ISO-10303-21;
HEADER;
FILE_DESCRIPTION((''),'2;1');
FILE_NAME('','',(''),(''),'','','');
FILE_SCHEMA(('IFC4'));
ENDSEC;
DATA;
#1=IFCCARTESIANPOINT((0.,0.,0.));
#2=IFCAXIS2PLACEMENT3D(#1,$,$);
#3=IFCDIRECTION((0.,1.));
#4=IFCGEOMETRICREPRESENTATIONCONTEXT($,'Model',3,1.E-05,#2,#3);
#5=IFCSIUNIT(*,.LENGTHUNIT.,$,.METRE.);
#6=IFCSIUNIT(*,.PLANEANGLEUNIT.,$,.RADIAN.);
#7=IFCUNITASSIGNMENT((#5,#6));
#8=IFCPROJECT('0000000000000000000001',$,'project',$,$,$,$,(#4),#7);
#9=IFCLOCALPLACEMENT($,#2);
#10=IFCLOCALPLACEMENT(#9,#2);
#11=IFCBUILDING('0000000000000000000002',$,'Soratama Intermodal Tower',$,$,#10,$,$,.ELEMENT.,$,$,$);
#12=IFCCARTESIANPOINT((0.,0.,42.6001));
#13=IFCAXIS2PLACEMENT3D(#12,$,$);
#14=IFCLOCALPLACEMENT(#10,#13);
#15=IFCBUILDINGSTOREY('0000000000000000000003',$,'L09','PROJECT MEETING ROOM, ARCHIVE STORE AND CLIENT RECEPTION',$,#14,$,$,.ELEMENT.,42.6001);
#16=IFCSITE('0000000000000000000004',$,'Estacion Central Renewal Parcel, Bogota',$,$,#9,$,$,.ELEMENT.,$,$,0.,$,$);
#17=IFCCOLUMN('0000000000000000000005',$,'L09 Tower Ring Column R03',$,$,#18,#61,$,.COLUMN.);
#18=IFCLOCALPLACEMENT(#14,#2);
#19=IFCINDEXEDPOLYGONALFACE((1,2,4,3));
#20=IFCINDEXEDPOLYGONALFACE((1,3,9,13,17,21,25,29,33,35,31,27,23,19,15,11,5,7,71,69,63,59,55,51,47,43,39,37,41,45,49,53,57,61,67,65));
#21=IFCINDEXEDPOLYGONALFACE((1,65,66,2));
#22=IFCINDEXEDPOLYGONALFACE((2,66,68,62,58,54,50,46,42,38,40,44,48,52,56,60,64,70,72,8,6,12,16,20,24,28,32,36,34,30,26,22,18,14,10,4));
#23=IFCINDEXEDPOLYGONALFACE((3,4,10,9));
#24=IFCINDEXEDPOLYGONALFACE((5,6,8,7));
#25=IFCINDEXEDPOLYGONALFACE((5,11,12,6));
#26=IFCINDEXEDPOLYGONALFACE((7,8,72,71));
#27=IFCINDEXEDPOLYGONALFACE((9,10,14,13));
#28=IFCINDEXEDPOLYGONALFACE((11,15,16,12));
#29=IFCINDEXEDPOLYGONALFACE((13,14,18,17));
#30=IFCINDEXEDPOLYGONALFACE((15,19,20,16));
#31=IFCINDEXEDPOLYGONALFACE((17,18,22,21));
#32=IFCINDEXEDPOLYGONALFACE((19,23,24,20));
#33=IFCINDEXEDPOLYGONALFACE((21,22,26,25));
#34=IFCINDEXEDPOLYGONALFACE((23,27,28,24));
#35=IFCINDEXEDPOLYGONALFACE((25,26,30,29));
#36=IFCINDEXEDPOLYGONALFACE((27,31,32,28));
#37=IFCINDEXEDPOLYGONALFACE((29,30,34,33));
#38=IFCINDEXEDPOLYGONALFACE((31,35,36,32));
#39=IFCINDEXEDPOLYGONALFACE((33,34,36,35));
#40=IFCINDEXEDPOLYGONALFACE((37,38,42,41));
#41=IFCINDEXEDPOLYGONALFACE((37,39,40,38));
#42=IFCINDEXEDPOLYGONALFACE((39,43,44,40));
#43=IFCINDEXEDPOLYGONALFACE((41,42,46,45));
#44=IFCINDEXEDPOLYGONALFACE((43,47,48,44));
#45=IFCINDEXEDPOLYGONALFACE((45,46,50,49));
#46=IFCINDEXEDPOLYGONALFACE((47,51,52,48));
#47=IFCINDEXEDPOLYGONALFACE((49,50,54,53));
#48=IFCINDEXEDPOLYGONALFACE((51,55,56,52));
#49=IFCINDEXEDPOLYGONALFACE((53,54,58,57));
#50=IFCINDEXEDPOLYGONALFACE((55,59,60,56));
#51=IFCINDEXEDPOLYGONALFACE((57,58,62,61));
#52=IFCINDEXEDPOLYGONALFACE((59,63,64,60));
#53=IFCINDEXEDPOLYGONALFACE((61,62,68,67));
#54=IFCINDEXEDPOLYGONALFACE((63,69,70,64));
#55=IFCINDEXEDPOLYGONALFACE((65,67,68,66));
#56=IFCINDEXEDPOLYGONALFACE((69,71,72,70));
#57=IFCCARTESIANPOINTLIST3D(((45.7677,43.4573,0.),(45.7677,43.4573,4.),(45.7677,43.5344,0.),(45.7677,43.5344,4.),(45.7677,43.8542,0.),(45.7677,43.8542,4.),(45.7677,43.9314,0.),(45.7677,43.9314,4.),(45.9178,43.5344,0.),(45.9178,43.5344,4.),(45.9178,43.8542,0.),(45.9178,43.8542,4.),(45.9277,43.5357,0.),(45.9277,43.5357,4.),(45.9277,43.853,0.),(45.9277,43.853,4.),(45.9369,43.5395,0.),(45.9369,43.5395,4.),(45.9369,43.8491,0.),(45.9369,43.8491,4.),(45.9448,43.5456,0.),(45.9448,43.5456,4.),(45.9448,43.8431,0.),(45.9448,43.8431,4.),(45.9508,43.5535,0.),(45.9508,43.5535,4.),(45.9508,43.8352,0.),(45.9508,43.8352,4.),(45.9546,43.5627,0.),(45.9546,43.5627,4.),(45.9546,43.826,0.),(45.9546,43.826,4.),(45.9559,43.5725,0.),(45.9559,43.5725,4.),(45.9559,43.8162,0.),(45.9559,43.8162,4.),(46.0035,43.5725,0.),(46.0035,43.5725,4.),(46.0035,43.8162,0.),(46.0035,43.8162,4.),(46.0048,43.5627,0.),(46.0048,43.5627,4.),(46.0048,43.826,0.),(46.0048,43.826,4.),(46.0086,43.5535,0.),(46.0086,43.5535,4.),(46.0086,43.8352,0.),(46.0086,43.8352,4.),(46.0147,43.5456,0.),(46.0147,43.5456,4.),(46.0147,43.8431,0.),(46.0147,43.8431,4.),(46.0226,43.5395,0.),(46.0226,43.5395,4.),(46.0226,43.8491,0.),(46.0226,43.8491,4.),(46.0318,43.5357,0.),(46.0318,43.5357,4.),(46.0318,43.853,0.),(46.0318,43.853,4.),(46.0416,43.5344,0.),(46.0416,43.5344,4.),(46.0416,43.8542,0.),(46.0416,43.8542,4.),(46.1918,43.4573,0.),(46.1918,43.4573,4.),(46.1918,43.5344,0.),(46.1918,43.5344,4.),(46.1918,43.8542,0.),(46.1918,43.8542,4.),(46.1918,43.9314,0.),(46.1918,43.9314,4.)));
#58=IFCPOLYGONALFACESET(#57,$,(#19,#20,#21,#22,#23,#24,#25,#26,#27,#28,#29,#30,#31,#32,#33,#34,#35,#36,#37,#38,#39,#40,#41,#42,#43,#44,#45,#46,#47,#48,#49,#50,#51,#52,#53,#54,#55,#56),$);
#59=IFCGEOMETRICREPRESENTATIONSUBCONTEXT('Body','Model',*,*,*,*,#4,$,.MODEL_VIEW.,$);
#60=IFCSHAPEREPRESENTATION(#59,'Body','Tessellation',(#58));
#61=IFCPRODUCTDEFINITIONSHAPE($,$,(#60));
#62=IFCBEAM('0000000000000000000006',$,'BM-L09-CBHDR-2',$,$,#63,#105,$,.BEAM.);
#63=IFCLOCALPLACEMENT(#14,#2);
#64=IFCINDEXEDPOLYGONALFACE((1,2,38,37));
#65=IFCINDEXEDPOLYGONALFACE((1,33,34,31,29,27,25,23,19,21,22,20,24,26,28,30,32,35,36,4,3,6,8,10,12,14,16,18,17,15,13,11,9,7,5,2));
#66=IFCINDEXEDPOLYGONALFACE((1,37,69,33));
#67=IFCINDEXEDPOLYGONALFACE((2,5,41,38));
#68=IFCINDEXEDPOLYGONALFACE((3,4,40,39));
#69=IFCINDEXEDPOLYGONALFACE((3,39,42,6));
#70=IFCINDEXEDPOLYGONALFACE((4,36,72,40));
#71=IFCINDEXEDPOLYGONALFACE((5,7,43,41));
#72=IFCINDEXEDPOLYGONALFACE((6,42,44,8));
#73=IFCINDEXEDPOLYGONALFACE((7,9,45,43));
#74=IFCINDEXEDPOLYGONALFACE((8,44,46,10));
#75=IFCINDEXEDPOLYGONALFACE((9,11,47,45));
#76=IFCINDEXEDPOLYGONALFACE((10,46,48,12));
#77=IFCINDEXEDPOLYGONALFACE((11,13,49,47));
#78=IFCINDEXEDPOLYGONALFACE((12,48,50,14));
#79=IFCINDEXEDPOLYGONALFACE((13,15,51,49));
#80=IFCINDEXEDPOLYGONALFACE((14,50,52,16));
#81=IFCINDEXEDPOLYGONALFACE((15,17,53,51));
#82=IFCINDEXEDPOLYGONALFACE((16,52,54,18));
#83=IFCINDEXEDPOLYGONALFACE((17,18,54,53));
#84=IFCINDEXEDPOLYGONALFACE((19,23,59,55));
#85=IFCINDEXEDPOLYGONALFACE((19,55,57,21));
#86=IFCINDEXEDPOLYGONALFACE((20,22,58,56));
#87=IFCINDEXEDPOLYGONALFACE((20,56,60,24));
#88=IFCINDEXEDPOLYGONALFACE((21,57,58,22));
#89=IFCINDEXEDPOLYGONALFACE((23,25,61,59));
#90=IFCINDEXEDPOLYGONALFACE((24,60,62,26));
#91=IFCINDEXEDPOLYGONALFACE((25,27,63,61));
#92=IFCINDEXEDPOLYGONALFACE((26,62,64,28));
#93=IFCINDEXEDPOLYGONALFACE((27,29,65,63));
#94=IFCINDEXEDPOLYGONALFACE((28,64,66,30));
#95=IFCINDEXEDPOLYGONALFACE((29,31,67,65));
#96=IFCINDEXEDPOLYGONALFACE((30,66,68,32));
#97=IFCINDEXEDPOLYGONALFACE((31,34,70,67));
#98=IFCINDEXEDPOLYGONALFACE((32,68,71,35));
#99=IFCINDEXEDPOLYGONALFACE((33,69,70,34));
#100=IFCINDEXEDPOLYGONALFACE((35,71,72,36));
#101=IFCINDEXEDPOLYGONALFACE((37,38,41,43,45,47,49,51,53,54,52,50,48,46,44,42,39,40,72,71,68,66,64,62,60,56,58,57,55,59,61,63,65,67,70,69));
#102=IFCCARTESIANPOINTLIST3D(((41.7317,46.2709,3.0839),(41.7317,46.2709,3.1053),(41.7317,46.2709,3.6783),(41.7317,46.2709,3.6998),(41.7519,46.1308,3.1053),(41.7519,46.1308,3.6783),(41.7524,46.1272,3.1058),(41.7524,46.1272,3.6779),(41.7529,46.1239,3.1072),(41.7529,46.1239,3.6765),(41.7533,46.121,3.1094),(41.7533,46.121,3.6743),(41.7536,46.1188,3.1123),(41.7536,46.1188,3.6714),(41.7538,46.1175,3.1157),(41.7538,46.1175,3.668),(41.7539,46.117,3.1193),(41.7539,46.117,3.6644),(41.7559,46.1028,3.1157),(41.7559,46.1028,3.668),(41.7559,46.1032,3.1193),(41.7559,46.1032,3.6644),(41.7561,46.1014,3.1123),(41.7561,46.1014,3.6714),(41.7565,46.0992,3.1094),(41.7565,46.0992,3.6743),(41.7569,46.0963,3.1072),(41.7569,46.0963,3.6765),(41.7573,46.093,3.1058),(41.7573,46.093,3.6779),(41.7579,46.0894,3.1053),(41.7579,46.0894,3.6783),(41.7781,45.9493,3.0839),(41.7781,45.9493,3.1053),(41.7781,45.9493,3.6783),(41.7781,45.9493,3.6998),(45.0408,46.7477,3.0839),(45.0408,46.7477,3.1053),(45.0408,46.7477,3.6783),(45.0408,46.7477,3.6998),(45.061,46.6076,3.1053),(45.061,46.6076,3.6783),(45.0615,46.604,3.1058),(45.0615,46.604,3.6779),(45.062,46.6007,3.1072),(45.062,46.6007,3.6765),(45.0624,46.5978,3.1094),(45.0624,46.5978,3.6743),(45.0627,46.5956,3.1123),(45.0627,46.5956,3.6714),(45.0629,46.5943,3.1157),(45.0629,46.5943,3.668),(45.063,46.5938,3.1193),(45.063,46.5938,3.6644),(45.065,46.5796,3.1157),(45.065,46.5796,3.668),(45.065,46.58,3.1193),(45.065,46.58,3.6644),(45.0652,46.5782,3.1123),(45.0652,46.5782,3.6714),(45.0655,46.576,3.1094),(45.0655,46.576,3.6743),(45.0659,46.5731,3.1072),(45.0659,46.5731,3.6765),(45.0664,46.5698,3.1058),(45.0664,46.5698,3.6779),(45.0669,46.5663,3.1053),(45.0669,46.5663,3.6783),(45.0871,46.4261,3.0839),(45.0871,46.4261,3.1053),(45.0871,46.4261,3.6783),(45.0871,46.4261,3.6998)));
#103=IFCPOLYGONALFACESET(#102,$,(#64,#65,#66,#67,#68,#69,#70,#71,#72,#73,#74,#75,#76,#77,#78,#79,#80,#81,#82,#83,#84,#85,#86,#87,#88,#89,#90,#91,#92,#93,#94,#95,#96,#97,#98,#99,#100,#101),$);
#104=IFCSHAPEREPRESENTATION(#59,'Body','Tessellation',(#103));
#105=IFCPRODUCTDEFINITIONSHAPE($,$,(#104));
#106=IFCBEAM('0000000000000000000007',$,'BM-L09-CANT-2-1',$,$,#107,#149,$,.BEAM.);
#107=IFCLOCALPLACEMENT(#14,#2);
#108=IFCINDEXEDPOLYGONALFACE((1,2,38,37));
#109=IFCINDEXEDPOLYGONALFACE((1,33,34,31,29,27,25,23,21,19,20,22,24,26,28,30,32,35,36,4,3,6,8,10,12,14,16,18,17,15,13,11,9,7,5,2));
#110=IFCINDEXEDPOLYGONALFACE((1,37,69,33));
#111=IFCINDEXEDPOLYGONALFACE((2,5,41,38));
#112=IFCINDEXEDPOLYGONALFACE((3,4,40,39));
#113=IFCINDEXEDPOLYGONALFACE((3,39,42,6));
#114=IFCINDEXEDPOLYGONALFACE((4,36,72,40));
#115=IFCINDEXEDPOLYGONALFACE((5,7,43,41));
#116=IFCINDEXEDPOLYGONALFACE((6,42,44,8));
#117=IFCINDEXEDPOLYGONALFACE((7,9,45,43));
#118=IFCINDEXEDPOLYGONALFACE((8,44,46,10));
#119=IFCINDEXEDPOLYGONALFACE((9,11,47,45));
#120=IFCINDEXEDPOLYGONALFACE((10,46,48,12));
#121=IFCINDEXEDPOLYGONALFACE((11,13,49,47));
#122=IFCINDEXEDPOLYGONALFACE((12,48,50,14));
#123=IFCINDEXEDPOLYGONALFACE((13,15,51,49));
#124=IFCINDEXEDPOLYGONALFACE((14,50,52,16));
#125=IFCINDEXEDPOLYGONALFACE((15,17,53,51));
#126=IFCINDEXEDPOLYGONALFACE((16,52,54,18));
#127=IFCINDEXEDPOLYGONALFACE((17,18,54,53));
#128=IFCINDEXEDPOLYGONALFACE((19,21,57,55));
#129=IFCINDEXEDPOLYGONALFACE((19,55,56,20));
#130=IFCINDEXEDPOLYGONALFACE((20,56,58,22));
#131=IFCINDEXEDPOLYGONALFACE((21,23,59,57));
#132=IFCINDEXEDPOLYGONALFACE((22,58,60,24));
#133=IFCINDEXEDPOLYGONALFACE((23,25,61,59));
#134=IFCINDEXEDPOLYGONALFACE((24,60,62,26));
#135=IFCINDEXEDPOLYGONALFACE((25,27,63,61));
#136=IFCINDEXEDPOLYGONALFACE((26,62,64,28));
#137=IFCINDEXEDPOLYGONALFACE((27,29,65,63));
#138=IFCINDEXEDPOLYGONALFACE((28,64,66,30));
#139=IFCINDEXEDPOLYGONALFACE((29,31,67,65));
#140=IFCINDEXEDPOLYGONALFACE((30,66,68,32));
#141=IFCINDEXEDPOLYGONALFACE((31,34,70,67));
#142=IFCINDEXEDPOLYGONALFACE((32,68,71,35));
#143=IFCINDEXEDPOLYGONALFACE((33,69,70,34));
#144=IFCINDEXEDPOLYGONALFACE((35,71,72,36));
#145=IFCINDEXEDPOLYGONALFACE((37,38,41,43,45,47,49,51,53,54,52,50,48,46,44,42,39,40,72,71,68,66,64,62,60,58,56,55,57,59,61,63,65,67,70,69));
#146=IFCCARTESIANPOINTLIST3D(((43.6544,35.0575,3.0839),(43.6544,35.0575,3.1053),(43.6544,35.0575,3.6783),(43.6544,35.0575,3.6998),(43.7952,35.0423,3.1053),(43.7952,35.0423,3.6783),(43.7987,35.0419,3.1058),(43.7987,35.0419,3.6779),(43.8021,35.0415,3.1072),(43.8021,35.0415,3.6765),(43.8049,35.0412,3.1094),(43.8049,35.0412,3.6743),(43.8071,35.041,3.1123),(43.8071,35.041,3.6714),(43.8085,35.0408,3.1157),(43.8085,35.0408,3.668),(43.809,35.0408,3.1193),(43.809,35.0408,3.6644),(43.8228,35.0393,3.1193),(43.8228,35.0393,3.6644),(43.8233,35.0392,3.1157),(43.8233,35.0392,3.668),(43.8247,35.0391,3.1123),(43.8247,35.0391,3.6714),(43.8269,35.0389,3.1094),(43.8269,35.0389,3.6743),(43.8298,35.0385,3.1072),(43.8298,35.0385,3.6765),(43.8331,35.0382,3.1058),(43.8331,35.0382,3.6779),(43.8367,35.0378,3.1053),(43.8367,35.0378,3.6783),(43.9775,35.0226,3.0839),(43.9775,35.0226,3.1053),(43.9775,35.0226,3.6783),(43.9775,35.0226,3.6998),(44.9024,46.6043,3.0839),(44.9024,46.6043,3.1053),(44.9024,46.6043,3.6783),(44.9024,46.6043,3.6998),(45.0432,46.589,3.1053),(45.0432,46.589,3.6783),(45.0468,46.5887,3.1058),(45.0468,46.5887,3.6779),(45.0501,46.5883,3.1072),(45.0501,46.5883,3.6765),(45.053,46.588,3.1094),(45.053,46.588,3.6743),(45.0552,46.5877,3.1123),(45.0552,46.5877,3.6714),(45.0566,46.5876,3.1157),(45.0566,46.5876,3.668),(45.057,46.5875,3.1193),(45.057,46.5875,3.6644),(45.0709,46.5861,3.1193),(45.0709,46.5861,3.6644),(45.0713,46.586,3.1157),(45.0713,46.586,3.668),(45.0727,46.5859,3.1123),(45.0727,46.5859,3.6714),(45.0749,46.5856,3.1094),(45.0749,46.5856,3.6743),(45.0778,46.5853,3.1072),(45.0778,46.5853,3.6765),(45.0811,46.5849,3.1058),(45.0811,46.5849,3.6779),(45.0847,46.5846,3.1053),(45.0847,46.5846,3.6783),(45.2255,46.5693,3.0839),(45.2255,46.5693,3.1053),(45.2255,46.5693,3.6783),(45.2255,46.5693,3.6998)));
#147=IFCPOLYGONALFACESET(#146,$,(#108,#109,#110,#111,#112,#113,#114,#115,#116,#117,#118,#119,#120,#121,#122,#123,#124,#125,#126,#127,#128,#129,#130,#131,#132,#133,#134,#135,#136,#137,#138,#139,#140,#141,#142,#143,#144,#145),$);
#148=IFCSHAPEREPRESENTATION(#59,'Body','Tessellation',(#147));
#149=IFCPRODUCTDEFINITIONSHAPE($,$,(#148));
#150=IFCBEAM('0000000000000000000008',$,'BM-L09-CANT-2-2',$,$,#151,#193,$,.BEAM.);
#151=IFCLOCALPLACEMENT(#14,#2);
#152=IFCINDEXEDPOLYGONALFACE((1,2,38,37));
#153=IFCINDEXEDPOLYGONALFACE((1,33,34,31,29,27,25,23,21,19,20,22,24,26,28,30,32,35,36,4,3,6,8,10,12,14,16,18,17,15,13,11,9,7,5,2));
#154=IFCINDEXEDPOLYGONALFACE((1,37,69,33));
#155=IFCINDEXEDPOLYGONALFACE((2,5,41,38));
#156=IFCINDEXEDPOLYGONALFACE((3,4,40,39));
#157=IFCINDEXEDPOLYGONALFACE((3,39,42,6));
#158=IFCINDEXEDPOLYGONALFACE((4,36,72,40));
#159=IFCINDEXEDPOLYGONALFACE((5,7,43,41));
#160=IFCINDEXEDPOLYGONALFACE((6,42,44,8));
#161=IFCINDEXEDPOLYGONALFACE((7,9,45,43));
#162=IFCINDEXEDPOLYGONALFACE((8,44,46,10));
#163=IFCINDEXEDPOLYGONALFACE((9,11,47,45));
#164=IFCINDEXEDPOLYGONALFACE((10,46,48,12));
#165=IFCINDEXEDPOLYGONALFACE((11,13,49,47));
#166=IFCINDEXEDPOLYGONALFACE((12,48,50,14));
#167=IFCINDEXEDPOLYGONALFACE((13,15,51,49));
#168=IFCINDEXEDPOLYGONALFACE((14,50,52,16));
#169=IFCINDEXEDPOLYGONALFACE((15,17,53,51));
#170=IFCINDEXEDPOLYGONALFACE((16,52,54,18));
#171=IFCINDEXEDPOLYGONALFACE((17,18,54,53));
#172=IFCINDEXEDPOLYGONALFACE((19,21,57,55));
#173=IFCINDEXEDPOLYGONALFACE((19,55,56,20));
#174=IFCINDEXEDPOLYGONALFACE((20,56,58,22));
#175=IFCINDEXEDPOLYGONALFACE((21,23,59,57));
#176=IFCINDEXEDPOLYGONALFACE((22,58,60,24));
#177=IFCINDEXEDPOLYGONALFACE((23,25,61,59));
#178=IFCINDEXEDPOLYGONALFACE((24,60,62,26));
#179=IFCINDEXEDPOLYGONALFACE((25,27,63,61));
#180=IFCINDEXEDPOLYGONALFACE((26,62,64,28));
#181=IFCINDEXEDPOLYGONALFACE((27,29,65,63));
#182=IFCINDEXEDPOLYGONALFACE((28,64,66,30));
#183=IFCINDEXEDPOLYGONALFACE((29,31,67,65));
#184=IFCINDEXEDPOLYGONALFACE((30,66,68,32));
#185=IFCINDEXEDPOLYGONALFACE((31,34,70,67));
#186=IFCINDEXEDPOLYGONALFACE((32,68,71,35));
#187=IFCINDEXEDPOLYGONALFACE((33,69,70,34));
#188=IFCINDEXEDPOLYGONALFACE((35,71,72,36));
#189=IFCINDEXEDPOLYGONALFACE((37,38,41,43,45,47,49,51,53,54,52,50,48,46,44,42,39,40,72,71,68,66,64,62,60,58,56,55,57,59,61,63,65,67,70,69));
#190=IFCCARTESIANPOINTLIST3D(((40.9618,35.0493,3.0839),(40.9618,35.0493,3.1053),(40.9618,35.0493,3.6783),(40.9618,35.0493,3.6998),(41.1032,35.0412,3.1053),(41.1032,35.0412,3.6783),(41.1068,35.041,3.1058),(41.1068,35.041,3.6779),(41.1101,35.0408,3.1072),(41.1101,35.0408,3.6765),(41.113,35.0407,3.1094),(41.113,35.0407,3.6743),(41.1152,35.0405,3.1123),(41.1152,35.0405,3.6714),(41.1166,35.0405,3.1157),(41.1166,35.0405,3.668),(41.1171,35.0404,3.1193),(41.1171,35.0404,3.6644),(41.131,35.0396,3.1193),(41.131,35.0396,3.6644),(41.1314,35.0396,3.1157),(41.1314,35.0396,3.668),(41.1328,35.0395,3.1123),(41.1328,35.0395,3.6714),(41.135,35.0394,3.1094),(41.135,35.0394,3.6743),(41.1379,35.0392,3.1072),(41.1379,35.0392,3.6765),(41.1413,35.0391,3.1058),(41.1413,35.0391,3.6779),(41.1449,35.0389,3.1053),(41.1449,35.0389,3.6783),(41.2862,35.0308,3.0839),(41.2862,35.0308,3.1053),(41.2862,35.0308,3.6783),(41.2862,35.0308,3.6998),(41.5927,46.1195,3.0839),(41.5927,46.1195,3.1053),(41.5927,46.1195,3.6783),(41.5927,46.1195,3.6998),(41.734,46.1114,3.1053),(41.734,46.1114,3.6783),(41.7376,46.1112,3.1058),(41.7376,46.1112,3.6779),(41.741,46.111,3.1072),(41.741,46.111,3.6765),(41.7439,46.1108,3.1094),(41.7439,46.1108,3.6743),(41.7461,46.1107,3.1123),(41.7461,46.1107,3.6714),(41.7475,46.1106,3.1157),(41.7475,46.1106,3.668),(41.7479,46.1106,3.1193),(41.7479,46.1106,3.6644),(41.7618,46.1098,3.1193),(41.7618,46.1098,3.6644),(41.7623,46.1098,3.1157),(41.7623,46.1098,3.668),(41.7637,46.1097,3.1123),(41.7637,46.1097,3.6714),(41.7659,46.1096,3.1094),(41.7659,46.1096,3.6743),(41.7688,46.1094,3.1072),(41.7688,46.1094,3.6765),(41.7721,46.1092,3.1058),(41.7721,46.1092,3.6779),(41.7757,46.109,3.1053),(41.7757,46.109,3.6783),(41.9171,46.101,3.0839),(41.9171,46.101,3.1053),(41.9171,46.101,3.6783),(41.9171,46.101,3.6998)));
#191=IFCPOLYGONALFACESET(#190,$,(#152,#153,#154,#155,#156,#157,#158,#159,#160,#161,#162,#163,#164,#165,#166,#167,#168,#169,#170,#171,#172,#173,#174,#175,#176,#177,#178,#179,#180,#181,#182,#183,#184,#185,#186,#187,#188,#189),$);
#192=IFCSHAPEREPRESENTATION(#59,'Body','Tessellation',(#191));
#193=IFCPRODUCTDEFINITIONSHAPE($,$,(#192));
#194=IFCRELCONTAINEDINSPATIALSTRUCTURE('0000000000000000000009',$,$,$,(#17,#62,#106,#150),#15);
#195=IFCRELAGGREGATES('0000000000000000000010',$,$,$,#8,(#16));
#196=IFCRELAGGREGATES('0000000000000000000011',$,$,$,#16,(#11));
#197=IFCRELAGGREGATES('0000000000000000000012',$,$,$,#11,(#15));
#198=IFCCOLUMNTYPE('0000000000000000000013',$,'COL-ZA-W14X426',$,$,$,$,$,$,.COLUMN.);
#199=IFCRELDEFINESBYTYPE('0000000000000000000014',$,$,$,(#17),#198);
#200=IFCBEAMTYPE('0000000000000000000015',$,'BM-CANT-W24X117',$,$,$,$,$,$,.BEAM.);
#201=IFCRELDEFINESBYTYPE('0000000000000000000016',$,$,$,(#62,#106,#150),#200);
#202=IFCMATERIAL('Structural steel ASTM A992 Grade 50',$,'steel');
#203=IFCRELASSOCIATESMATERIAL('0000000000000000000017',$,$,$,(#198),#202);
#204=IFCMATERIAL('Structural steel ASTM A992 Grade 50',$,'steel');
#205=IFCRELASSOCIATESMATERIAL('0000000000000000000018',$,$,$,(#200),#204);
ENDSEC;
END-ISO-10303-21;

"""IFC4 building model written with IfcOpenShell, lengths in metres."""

from ifc_helpers import new_model, si_unit, direction, frame, origin, origin_2d, place, context, subcontext, project, spatial, i_section, extrude, material, material_profile, profile_set, type_object, element, save


model = new_model("IFC4")

# Units and contexts
model_context = context("Model", 3, precision=1e-05, world=origin(), true_north=direction((0.0, 1.0)))
body_context = subcontext(model_context, "Body", "Model", "MODEL_VIEW")
ifc_project = project(units=[si_unit("LENGTHUNIT", "METRE"), si_unit("PLANEANGLEUNIT", "RADIAN")], contexts=[model_context])

# Site, building, storey
site_placement = place(None, origin())
site = spatial("IfcSite", under=ifc_project, at=site_placement, Name="Estacion Central Renewal Parcel, Bogota", CompositionType="ELEMENT", RefElevation=0.0)
building_placement = place(site_placement, origin())
building = spatial("IfcBuilding", under=site, at=building_placement, Name="Soratama Intermodal Tower", CompositionType="ELEMENT")
storey_placement = place(building_placement, frame((0.0, 0.0, 42.6001)))
storey = spatial("IfcBuildingStorey", under=building, at=storey_placement, Name="L09", Description="PROJECT MEETING ROOM, ARCHIVE STORE AND CLIENT RECEPTION", CompositionType="ELEMENT", Elevation=42.6001)

# Column
ifc_material_1 = material(Name="Structural steel ASTM A992 Grade 50", Category="steel")
ifc_material_profile_1 = material_profile(ifc_material_1, i_section(OverallWidth=0.4241, OverallDepth=0.4741, WebThickness=0.0476, FlangeThickness=0.0771, FilletRadius=0.0381, at=origin_2d()), Name="W14X426")
ifc_profile_set_1 = profile_set([ifc_material_profile_1], Name="Structural steel ASTM A992 Grade 50")
column_type = type_object("IfcColumnType", Name="COL-ZA-W14X426", PredefinedType="COLUMN", material=ifc_profile_set_1)
column_placement = place(storey_placement, frame((45.9797, 43.6943, 0.0), z_axis=(0.0, 0.0, 1.0), x_axis=(1.0, 0.0, 0.0)))
element("IfcColumn", 1, at=column_placement, inside=storey, type_object=column_type, Name="L09 Tower Ring Column R03", PredefinedType="COLUMN", context=body_context, shape_type="SweptSolid", body=[
    extrude(i_section(OverallWidth=0.4241, OverallDepth=0.4741, WebThickness=0.0476, FlangeThickness=0.0771, FilletRadius=0.0381, at=origin_2d()), origin(), (0.0, 0.0, 1.0), 4.0),
])

# Beams
ifc_material_2 = material(Name="Structural steel ASTM A992 Grade 50", Category="steel")
ifc_material_profile_2 = material_profile(ifc_material_2, i_section(OverallWidth=0.325, OverallDepth=0.616, WebThickness=0.0139, FlangeThickness=0.0215, FilletRadius=0.0139, at=origin_2d()), Name="W24X117")
ifc_profile_set_2 = profile_set([ifc_material_profile_2], Name="Structural steel ASTM A992 Grade 50")
beam_type_1 = type_object("IfcBeamType", Name="BM-CANT-W24X117", PredefinedType="BEAM", material=ifc_profile_set_2)
beam_1_placement = place(storey_placement, frame((45.064, 46.5869, 3.3918), z_axis=(-0.989778, -0.142617, 0.0), x_axis=(0.142617, -0.989778, 0.0)))
element("IfcBeam", 2, at=beam_1_placement, inside=storey, type_object=beam_type_1, Name="BM-L09-CBHDR-2", PredefinedType="BEAM", context=body_context, shape_type="SweptSolid", body=[
    extrude(i_section(OverallWidth=0.325, OverallDepth=0.616, WebThickness=0.0139, FlangeThickness=0.0215, FilletRadius=0.0139, at=origin_2d()), origin(), (0.0, 0.0, 1.0), 3.3433),
])
beam_2_placement = place(storey_placement, frame((43.8159, 35.04, 3.3918), z_axis=(0.107459, 0.994209, 0.0), x_axis=(-0.994209, 0.107459, 0.0)))
element("IfcBeam", 3, at=beam_2_placement, inside=storey, type_object=beam_type_1, Name="BM-L09-CANT-2-1", PredefinedType="BEAM", context=body_context, shape_type="SweptSolid", body=[
    extrude(i_section(OverallWidth=0.325, OverallDepth=0.616, WebThickness=0.0139, FlangeThickness=0.0215, FilletRadius=0.0139, at=origin_2d()), origin(), (0.0, 0.0, 1.0), 11.614),
])
beam_3_placement = place(storey_placement, frame((41.124, 35.04, 3.3918), z_axis=(0.056896, 0.99838, 0.0), x_axis=(-0.99838, 0.056896, 0.0)))
element("IfcBeam", 4, at=beam_3_placement, inside=storey, type_object=beam_type_1, Name="BM-L09-CANT-2-2", PredefinedType="BEAM", context=body_context, shape_type="SweptSolid", body=[
    extrude(i_section(OverallWidth=0.325, OverallDepth=0.616, WebThickness=0.0139, FlangeThickness=0.0215, FilletRadius=0.0139, at=origin_2d()), origin(), (0.0, 0.0, 1.0), 11.0881),
])

save(model, "model.ifc")
